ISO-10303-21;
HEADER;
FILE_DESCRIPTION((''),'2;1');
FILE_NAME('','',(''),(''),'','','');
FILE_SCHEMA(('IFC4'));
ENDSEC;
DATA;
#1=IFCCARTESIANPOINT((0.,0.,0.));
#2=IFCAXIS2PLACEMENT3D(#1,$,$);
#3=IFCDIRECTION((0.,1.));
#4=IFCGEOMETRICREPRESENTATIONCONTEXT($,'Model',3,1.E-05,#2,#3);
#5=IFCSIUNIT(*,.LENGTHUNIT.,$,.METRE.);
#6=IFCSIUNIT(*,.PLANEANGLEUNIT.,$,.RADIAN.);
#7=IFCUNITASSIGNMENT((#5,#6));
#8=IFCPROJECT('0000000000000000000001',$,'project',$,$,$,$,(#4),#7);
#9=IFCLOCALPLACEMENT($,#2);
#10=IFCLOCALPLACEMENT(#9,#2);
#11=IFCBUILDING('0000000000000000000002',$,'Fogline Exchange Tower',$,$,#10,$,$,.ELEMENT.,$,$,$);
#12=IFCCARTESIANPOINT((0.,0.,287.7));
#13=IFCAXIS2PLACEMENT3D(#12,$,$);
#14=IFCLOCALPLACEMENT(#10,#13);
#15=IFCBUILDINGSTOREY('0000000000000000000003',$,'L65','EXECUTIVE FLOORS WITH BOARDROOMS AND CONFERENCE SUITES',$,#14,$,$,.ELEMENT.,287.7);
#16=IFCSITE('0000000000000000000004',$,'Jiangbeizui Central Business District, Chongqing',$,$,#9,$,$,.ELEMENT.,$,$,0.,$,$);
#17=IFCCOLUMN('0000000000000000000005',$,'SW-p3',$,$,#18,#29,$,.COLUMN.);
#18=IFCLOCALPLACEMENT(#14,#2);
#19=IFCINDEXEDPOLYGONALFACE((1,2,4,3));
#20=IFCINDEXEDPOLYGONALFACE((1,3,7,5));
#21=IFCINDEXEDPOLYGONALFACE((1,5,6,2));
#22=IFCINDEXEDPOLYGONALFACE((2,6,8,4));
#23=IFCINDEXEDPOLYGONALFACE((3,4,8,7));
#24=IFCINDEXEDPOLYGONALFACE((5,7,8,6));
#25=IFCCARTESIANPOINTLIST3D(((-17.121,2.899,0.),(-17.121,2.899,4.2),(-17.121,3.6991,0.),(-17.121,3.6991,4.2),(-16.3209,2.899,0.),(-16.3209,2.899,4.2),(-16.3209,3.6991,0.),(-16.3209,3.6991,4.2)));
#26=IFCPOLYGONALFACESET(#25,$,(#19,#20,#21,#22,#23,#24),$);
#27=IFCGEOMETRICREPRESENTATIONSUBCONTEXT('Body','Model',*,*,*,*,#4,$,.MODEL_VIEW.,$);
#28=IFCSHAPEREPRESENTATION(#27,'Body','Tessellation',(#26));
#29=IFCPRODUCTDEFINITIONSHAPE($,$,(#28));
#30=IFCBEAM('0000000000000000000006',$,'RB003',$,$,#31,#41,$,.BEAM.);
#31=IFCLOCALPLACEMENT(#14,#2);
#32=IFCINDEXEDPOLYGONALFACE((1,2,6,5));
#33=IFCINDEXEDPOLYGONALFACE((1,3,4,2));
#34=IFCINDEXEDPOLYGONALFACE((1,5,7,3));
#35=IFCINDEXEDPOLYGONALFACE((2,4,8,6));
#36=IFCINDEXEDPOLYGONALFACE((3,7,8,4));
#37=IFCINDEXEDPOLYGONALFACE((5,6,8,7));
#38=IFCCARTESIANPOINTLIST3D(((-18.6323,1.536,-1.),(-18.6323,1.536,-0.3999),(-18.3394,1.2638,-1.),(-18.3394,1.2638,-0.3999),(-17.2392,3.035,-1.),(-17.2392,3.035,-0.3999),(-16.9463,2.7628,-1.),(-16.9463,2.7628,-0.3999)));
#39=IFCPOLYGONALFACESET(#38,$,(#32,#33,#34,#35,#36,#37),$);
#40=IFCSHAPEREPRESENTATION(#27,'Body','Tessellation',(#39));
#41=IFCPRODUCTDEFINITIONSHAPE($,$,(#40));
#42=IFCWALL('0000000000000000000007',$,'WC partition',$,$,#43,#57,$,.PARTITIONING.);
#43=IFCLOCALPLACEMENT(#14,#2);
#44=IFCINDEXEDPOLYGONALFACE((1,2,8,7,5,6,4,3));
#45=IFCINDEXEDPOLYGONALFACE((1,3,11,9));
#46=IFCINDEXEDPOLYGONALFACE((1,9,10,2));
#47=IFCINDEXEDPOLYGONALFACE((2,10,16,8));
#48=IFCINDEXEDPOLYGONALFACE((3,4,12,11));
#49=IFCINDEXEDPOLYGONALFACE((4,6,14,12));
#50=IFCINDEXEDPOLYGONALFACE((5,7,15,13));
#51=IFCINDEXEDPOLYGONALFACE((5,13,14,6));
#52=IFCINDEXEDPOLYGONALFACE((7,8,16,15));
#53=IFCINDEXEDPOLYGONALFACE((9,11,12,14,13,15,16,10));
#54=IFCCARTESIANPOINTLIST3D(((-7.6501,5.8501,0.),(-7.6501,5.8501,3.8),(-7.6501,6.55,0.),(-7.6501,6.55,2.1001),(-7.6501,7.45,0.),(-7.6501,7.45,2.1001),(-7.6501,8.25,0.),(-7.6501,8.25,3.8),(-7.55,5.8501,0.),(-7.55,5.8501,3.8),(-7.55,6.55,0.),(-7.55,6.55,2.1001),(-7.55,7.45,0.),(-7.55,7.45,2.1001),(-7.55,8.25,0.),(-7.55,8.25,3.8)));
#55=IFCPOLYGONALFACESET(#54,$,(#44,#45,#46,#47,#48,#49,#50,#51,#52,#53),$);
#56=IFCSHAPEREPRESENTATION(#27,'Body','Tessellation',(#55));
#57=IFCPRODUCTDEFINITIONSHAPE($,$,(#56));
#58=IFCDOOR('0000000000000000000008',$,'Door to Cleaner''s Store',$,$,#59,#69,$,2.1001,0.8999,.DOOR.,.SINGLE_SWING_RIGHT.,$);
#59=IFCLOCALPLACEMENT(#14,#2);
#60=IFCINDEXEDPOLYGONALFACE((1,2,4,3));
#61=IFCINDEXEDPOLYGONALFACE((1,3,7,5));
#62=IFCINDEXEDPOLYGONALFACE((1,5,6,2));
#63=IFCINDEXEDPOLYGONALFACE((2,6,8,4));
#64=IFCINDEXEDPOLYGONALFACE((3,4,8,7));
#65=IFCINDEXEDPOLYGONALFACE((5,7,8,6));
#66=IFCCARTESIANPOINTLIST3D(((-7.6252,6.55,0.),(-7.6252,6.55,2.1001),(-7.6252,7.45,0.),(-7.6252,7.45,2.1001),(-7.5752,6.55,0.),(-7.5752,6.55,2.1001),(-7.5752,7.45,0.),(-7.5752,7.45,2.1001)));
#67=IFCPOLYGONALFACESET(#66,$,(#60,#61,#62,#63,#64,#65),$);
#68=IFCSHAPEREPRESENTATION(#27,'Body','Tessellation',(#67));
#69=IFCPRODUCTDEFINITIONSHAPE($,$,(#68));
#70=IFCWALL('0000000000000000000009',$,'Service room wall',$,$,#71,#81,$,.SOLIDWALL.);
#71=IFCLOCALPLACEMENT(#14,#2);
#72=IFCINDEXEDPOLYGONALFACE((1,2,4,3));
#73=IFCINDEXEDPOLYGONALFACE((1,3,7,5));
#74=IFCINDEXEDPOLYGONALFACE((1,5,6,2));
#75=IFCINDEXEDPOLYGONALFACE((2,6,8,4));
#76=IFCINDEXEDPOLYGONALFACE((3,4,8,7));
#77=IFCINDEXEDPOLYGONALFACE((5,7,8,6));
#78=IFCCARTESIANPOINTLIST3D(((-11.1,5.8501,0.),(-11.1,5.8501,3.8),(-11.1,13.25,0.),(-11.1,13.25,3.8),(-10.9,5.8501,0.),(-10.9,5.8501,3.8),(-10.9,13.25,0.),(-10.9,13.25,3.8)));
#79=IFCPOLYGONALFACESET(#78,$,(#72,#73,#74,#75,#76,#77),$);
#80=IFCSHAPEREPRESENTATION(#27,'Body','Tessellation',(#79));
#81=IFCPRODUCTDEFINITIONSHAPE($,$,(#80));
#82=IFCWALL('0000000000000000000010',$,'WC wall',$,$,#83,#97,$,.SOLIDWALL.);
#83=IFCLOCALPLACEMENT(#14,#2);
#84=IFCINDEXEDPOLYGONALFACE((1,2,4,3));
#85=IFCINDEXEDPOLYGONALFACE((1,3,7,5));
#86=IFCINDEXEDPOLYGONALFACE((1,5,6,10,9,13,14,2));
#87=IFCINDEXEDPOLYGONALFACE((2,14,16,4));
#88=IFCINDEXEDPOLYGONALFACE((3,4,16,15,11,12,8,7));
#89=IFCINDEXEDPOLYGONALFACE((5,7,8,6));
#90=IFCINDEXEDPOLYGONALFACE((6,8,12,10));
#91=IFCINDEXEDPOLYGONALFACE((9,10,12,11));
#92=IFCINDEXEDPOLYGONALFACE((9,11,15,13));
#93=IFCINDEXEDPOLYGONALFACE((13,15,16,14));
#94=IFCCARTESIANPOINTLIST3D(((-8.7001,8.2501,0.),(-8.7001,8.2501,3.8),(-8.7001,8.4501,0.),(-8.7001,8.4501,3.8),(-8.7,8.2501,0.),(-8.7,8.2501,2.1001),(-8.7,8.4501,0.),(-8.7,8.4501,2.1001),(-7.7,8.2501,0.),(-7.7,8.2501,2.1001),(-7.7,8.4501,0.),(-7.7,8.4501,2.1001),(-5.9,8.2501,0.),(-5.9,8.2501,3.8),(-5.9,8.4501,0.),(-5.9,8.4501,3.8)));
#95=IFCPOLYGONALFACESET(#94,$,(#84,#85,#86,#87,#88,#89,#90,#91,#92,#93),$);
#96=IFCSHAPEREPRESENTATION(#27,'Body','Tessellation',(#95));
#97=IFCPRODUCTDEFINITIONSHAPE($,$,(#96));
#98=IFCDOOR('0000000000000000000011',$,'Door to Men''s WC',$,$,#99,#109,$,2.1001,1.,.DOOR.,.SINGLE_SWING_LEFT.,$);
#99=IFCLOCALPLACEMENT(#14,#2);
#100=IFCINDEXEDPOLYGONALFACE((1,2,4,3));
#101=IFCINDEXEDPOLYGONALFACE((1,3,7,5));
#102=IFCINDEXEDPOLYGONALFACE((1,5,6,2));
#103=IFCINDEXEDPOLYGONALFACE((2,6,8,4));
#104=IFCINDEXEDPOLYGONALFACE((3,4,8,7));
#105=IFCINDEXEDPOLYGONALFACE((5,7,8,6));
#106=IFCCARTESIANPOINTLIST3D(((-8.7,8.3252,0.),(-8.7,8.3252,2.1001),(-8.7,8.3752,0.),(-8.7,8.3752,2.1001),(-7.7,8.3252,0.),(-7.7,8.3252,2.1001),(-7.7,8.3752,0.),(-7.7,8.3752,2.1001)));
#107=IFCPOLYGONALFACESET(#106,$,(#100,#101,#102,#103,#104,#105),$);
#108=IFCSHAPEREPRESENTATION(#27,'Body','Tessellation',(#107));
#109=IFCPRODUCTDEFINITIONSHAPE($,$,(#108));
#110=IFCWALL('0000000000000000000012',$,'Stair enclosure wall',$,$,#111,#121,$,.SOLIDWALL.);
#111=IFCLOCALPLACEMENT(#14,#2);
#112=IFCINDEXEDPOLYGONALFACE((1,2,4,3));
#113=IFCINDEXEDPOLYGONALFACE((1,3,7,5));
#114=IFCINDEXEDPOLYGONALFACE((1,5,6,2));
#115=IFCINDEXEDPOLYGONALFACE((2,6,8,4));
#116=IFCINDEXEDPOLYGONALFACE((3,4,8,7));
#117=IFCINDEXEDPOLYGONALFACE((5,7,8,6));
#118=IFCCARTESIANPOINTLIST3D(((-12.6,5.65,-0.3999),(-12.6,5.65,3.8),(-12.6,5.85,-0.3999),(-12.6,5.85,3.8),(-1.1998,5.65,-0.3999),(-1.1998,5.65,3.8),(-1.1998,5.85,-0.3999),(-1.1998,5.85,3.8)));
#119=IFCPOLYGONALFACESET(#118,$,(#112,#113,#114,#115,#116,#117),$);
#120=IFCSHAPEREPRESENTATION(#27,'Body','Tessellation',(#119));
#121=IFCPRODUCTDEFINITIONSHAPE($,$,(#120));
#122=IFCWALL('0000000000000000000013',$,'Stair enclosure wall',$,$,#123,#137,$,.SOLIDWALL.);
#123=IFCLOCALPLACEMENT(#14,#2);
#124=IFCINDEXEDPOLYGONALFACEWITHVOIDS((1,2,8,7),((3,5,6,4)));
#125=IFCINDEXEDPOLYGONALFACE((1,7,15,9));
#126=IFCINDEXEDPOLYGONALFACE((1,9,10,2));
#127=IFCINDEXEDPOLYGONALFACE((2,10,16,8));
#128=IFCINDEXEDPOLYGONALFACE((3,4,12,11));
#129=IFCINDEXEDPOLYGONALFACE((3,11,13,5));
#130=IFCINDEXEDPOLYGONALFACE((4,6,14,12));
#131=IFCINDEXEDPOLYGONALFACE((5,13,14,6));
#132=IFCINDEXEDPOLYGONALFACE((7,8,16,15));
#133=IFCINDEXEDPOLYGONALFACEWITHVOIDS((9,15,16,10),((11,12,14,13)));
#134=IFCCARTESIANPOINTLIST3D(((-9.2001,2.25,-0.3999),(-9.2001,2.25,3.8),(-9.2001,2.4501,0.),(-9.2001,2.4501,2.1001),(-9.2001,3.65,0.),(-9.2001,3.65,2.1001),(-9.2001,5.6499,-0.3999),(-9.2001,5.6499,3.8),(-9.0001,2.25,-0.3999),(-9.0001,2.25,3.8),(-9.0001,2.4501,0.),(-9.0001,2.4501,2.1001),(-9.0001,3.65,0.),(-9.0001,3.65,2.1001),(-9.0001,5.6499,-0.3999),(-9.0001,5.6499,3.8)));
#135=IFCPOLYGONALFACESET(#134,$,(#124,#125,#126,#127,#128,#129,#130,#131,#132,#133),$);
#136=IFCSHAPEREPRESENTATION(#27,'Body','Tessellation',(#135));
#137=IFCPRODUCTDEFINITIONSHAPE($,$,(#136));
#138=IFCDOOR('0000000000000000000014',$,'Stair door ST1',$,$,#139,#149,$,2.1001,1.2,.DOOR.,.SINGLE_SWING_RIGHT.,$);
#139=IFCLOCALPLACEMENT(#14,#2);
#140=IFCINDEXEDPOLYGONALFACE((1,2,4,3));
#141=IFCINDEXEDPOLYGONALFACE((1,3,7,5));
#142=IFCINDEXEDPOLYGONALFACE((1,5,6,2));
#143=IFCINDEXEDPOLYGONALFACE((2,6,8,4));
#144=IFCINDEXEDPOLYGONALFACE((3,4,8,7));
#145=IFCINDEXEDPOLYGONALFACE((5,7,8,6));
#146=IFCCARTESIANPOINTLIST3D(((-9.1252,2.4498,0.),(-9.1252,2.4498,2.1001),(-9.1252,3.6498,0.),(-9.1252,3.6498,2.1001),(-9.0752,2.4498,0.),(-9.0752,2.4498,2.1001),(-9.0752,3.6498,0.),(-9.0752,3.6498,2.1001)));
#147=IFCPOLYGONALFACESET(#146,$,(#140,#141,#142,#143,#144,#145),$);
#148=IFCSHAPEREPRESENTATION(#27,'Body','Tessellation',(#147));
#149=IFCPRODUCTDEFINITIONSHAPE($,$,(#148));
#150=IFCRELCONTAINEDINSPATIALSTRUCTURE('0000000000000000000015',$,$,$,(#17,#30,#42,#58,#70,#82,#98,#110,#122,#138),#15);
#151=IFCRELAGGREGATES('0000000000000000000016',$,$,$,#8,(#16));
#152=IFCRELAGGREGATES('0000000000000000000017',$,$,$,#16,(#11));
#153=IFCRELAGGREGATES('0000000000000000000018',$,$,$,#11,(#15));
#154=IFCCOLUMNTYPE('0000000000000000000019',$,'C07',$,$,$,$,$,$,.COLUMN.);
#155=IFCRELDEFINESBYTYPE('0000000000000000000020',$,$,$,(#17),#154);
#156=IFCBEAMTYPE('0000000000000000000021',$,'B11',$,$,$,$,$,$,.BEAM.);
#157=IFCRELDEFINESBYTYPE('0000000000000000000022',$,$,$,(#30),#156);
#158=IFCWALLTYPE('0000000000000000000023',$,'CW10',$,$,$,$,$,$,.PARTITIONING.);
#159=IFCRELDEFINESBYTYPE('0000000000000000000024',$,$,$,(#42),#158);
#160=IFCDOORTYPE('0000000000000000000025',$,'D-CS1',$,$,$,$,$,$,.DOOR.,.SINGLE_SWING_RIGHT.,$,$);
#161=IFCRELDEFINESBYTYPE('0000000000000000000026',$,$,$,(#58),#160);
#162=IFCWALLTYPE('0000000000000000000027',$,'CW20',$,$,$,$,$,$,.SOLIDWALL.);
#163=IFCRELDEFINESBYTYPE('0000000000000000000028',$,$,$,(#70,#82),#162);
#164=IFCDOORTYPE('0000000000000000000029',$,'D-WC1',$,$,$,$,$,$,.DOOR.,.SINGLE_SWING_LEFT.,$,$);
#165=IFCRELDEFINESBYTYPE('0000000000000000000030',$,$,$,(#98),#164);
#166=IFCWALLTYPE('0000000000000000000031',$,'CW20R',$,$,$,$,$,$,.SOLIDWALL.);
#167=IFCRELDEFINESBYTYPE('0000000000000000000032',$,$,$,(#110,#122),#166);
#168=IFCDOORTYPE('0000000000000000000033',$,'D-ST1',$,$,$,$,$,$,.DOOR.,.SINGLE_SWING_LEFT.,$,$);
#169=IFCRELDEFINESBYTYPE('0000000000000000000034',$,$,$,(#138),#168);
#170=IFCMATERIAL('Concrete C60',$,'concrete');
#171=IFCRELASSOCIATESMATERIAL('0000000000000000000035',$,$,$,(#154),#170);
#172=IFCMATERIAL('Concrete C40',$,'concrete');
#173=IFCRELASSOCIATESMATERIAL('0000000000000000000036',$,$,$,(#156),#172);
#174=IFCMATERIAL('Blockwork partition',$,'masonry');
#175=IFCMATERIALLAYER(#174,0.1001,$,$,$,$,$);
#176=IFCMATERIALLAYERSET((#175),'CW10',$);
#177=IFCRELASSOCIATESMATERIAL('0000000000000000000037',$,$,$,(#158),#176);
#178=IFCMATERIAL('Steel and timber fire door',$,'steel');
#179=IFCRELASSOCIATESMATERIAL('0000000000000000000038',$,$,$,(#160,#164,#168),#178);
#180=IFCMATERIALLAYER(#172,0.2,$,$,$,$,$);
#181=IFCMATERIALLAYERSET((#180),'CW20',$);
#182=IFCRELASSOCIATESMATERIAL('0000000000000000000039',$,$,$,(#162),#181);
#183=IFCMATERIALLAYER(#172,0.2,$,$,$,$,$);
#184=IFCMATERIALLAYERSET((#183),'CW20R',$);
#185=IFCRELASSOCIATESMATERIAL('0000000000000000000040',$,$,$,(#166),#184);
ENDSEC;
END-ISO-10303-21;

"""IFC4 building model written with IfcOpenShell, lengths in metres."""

from ifc_helpers import new_model, si_unit, direction, frame, frame_2d, origin, origin_2d, place, context, subcontext, project, spatial, rectangle, extrude, material, layer, layer_set, material_profile, profile_set, type_object, element, fill, save


model = new_model("IFC4")

# Units and contexts
model_context = context("Model", 3, precision=1e-05, world=origin(), true_north=direction((0.0, 1.0)))
body_context = subcontext(model_context, "Body", "Model", "MODEL_VIEW")
ifc_project = project(units=[si_unit("LENGTHUNIT", "METRE"), si_unit("PLANEANGLEUNIT", "RADIAN")], contexts=[model_context])

# Site, building, storey
site_placement = place(None, origin())
site = spatial("IfcSite", under=ifc_project, at=site_placement, Name="Jiangbeizui Central Business District, Chongqing", CompositionType="ELEMENT", RefElevation=0.0)
building_placement = place(site_placement, origin())
building = spatial("IfcBuilding", under=site, at=building_placement, Name="Fogline Exchange Tower", CompositionType="ELEMENT")
storey_placement = place(building_placement, frame((0.0, 0.0, 287.7)))
storey = spatial("IfcBuildingStorey", under=building, at=storey_placement, Name="L65", Description="EXECUTIVE FLOORS WITH BOARDROOMS AND CONFERENCE SUITES", CompositionType="ELEMENT", Elevation=287.7)

# Column
ifc_material_1 = material(Name="Concrete C60", Category="concrete")
ifc_material_profile_1 = material_profile(ifc_material_1, rectangle(XDim=0.8, YDim=0.8, at=origin_2d()), Name="RC 800x800")
ifc_profile_set_1 = profile_set([ifc_material_profile_1], Name="Concrete C60")
column_type = type_object("IfcColumnType", Name="C07", PredefinedType="COLUMN", material=ifc_profile_set_1)
column_placement = place(storey_placement, frame((-16.7209, 3.2991, 0.0), z_axis=(0.0, 0.0, 1.0), x_axis=(1.0, 0.0, 0.0)))
element("IfcColumn", 1, at=column_placement, inside=storey, type_object=column_type, Name="SW-p3", PredefinedType="COLUMN", context=body_context, shape_type="SweptSolid", body=[
    extrude(rectangle(XDim=0.8, YDim=0.8, at=origin_2d()), origin(), (0.0, 0.0, 1.0), 4.2),
])

# Beam
ifc_material_2 = material(Name="Concrete C40", Category="concrete")
ifc_material_profile_2 = material_profile(ifc_material_2, rectangle(XDim=0.3999, YDim=0.6001, at=origin_2d()), Name="RC 400x600")
ifc_profile_set_2 = profile_set([ifc_material_profile_2], Name="Concrete C40")
beam_type = type_object("IfcBeamType", Name="B11", PredefinedType="BEAM", material=ifc_profile_set_2)
beam_placement = place(storey_placement, frame((-17.0928, 2.8989, -0.7), z_axis=(-0.680744, -0.732521, 0.0), x_axis=(0.732521, -0.680744, 0.0)))
element("IfcBeam", 2, at=beam_placement, inside=storey, type_object=beam_type, Name="RB003", PredefinedType="BEAM", context=body_context, shape_type="SweptSolid", body=[
    extrude(rectangle(XDim=0.3999, YDim=0.6001, at=origin_2d()), origin(), (0.0, 0.0, 1.0), 2.0464),
])

# Wall, opening, door
ifc_material_3 = material(Name="Blockwork partition", Category="masonry")
ifc_layer_1 = layer(ifc_material_3, 0.1001)
ifc_layer_set_1 = layer_set([ifc_layer_1], Name="CW10")
wall_type_1 = type_object("IfcWallType", Name="CW10", PredefinedType="PARTITIONING", material=ifc_layer_set_1)
wall_1_placement = place(storey_placement, frame((-7.6001, 5.8501, 0.0), z_axis=(0.0, 0.0, 1.0), x_axis=(0.0, 1.0, 0.0)))
wall_1 = element("IfcWall", 3, at=wall_1_placement, inside=storey, type_object=wall_type_1, Name="WC partition", PredefinedType="PARTITIONING", context=body_context, shape_type="SweptSolid", body=[
    extrude(rectangle(XDim=2.3999, YDim=0.1001, at=frame_2d((1.2, 0.0))), origin(), (0.0, 0.0, 1.0), 3.8),
])
opening_1_placement = place(wall_1_placement, frame((0.7, 0.0, 0.0)))
opening_1 = element("IfcOpeningElement", 4, at=opening_1_placement, cuts=wall_1, PredefinedType="OPENING", context=body_context, shape_type="SweptSolid", body=[
    extrude(rectangle(XDim=0.8999, YDim=2.1001, at=frame_2d((0.45, 1.05))), frame((0.0, 0.0601, 0.0), z_axis=(0.0, -1.0, 0.0), x_axis=(1.0, 0.0, 0.0)), (0.0, 0.0, 1.0), 0.1201),
])
ifc_material_4 = material(Name="Steel and timber fire door", Category="steel")
door_type_1 = type_object("IfcDoorType", Name="D-CS1", OperationType="SINGLE_SWING_RIGHT", PredefinedType="DOOR", material=ifc_material_4)
door_1_placement = place(opening_1_placement, frame((0.8999, 0.0, 0.0), z_axis=(0.0, 0.0, 1.0), x_axis=(-1.0, 0.0, 0.0)))
door_1 = element("IfcDoor", 5, at=door_1_placement, inside=storey, type_object=door_type_1, Name="Door to Cleaner's Store", OperationType="SINGLE_SWING_RIGHT", OverallHeight=2.1001, OverallWidth=0.8999, PredefinedType="DOOR", context=body_context, shape_type="SweptSolid", body=[
    extrude(rectangle(XDim=0.8999, YDim=2.1001, at=frame_2d((0.45, 1.05))), frame((0.0, 0.0249, 0.0), z_axis=(0.0, -1.0, 0.0), x_axis=(1.0, 0.0, 0.0)), (0.0, 0.0, 1.0), 0.05),
])
fill(opening_1, door_1)

# Wall
ifc_layer_2 = layer(ifc_material_2, 0.2)
ifc_layer_set_2 = layer_set([ifc_layer_2], Name="CW20")
wall_type_2 = type_object("IfcWallType", Name="CW20", PredefinedType="SOLIDWALL", material=ifc_layer_set_2)
wall_2_placement = place(storey_placement, frame((-11.0, 5.8501, 0.0), z_axis=(0.0, 0.0, 1.0), x_axis=(0.0, 1.0, 0.0)))
element("IfcWall", 6, at=wall_2_placement, inside=storey, type_object=wall_type_2, Name="Service room wall", PredefinedType="SOLIDWALL", context=body_context, shape_type="SweptSolid", body=[
    extrude(rectangle(XDim=7.3999, YDim=0.2, at=frame_2d((3.7, 0.0))), origin(), (0.0, 0.0, 1.0), 3.8),
])

# Wall, opening, door
wall_3_placement = place(storey_placement, frame((-8.7, 8.3501, 0.0), z_axis=(0.0, 0.0, 1.0), x_axis=(1.0, 0.0, 0.0)))
wall_3 = element("IfcWall", 7, at=wall_3_placement, inside=storey, type_object=wall_type_2, Name="WC wall", PredefinedType="SOLIDWALL", context=body_context, shape_type="SweptSolid", body=[
    extrude(rectangle(XDim=2.8, YDim=0.2, at=frame_2d((1.3999, 0.0))), origin(), (0.0, 0.0, 1.0), 3.8),
])
opening_2_placement = place(wall_3_placement, origin())
opening_2 = element("IfcOpeningElement", 8, at=opening_2_placement, cuts=wall_3, PredefinedType="OPENING", context=body_context, shape_type="SweptSolid", body=[
    extrude(rectangle(XDim=1.0, YDim=2.1001, at=frame_2d((0.5, 1.05))), frame((0.0, 0.1099, 0.0), z_axis=(0.0, -1.0, 0.0), x_axis=(1.0, 0.0, 0.0)), (0.0, 0.0, 1.0), 0.22),
])
door_type_2 = type_object("IfcDoorType", Name="D-WC1", OperationType="SINGLE_SWING_LEFT", PredefinedType="DOOR", material=ifc_material_4)
door_2_placement = place(opening_2_placement, frame((1.0, 0.0, 0.0), z_axis=(0.0, 0.0, 1.0), x_axis=(-1.0, 0.0, 0.0)))
door_2 = element("IfcDoor", 9, at=door_2_placement, inside=storey, type_object=door_type_2, Name="Door to Men's WC", OperationType="SINGLE_SWING_LEFT", OverallHeight=2.1001, OverallWidth=1.0, PredefinedType="DOOR", context=body_context, shape_type="SweptSolid", body=[
    extrude(rectangle(XDim=1.0, YDim=2.1001, at=frame_2d((0.5, 1.05))), frame((0.0, 0.0249, 0.0), z_axis=(0.0, -1.0, 0.0), x_axis=(1.0, 0.0, 0.0)), (0.0, 0.0, 1.0), 0.05),
])
fill(opening_2, door_2)

# Wall
ifc_layer_3 = layer(ifc_material_2, 0.2)
ifc_layer_set_3 = layer_set([ifc_layer_3], Name="CW20R")
wall_type_3 = type_object("IfcWallType", Name="CW20R", PredefinedType="SOLIDWALL", material=ifc_layer_set_3)
wall_4_placement = place(storey_placement, frame((-12.6001, 5.75, -0.3999), z_axis=(0.0, 0.0, 1.0), x_axis=(1.0, 0.0, 0.0)))
element("IfcWall", 10, at=wall_4_placement, inside=storey, type_object=wall_type_3, Name="Stair enclosure wall", PredefinedType="SOLIDWALL", context=body_context, shape_type="SweptSolid", body=[
    extrude(rectangle(XDim=11.4001, YDim=0.2, at=frame_2d((5.7002, 0.0))), origin(), (0.0, 0.0, 1.0), 4.2),
])

# Wall, opening, door
wall_5_placement = place(storey_placement, frame((-9.1001, 2.25, -0.3999), z_axis=(0.0, 0.0, 1.0), x_axis=(0.0, 1.0, 0.0)))
wall_5 = element("IfcWall", 11, at=wall_5_placement, inside=storey, type_object=wall_type_3, Name="Stair enclosure wall", PredefinedType="SOLIDWALL", context=body_context, shape_type="SweptSolid", body=[
    extrude(rectangle(XDim=3.3999, YDim=0.2, at=frame_2d((1.7, 0.0))), origin(), (0.0, 0.0, 1.0), 4.2),
])
opening_3_placement = place(wall_5_placement, frame((0.2, 0.0, 0.3999)))
opening_3 = element("IfcOpeningElement", 12, at=opening_3_placement, cuts=wall_5, PredefinedType="OPENING", context=body_context, shape_type="SweptSolid", body=[
    extrude(rectangle(XDim=1.2, YDim=2.1001, at=frame_2d((0.6001, 1.05))), frame((0.0, 0.1099, 0.0), z_axis=(0.0, -1.0, 0.0), x_axis=(1.0, 0.0, 0.0)), (0.0, 0.0, 1.0), 0.22),
])
door_type_3 = type_object("IfcDoorType", Name="D-ST1", OperationType="SINGLE_SWING_LEFT", PredefinedType="DOOR", material=ifc_material_4)
door_3_placement = place(opening_3_placement, frame((1.2, 0.0, 0.0), z_axis=(0.0, 0.0, 1.0), x_axis=(-1.0, 0.0, 0.0)))
door_3 = element("IfcDoor", 13, at=door_3_placement, inside=storey, type_object=door_type_3, Name="Stair door ST1", OperationType="SINGLE_SWING_RIGHT", OverallHeight=2.1001, OverallWidth=1.2, PredefinedType="DOOR", context=body_context, shape_type="SweptSolid", body=[
    extrude(rectangle(XDim=1.2, YDim=2.1001, at=frame_2d((0.6001, 1.05))), frame((0.0, 0.0249, 0.0), z_axis=(0.0, -1.0, 0.0), x_axis=(1.0, 0.0, 0.0)), (0.0, 0.0, 1.0), 0.05),
])
fill(opening_3, door_3)

save(model, "model.ifc")
